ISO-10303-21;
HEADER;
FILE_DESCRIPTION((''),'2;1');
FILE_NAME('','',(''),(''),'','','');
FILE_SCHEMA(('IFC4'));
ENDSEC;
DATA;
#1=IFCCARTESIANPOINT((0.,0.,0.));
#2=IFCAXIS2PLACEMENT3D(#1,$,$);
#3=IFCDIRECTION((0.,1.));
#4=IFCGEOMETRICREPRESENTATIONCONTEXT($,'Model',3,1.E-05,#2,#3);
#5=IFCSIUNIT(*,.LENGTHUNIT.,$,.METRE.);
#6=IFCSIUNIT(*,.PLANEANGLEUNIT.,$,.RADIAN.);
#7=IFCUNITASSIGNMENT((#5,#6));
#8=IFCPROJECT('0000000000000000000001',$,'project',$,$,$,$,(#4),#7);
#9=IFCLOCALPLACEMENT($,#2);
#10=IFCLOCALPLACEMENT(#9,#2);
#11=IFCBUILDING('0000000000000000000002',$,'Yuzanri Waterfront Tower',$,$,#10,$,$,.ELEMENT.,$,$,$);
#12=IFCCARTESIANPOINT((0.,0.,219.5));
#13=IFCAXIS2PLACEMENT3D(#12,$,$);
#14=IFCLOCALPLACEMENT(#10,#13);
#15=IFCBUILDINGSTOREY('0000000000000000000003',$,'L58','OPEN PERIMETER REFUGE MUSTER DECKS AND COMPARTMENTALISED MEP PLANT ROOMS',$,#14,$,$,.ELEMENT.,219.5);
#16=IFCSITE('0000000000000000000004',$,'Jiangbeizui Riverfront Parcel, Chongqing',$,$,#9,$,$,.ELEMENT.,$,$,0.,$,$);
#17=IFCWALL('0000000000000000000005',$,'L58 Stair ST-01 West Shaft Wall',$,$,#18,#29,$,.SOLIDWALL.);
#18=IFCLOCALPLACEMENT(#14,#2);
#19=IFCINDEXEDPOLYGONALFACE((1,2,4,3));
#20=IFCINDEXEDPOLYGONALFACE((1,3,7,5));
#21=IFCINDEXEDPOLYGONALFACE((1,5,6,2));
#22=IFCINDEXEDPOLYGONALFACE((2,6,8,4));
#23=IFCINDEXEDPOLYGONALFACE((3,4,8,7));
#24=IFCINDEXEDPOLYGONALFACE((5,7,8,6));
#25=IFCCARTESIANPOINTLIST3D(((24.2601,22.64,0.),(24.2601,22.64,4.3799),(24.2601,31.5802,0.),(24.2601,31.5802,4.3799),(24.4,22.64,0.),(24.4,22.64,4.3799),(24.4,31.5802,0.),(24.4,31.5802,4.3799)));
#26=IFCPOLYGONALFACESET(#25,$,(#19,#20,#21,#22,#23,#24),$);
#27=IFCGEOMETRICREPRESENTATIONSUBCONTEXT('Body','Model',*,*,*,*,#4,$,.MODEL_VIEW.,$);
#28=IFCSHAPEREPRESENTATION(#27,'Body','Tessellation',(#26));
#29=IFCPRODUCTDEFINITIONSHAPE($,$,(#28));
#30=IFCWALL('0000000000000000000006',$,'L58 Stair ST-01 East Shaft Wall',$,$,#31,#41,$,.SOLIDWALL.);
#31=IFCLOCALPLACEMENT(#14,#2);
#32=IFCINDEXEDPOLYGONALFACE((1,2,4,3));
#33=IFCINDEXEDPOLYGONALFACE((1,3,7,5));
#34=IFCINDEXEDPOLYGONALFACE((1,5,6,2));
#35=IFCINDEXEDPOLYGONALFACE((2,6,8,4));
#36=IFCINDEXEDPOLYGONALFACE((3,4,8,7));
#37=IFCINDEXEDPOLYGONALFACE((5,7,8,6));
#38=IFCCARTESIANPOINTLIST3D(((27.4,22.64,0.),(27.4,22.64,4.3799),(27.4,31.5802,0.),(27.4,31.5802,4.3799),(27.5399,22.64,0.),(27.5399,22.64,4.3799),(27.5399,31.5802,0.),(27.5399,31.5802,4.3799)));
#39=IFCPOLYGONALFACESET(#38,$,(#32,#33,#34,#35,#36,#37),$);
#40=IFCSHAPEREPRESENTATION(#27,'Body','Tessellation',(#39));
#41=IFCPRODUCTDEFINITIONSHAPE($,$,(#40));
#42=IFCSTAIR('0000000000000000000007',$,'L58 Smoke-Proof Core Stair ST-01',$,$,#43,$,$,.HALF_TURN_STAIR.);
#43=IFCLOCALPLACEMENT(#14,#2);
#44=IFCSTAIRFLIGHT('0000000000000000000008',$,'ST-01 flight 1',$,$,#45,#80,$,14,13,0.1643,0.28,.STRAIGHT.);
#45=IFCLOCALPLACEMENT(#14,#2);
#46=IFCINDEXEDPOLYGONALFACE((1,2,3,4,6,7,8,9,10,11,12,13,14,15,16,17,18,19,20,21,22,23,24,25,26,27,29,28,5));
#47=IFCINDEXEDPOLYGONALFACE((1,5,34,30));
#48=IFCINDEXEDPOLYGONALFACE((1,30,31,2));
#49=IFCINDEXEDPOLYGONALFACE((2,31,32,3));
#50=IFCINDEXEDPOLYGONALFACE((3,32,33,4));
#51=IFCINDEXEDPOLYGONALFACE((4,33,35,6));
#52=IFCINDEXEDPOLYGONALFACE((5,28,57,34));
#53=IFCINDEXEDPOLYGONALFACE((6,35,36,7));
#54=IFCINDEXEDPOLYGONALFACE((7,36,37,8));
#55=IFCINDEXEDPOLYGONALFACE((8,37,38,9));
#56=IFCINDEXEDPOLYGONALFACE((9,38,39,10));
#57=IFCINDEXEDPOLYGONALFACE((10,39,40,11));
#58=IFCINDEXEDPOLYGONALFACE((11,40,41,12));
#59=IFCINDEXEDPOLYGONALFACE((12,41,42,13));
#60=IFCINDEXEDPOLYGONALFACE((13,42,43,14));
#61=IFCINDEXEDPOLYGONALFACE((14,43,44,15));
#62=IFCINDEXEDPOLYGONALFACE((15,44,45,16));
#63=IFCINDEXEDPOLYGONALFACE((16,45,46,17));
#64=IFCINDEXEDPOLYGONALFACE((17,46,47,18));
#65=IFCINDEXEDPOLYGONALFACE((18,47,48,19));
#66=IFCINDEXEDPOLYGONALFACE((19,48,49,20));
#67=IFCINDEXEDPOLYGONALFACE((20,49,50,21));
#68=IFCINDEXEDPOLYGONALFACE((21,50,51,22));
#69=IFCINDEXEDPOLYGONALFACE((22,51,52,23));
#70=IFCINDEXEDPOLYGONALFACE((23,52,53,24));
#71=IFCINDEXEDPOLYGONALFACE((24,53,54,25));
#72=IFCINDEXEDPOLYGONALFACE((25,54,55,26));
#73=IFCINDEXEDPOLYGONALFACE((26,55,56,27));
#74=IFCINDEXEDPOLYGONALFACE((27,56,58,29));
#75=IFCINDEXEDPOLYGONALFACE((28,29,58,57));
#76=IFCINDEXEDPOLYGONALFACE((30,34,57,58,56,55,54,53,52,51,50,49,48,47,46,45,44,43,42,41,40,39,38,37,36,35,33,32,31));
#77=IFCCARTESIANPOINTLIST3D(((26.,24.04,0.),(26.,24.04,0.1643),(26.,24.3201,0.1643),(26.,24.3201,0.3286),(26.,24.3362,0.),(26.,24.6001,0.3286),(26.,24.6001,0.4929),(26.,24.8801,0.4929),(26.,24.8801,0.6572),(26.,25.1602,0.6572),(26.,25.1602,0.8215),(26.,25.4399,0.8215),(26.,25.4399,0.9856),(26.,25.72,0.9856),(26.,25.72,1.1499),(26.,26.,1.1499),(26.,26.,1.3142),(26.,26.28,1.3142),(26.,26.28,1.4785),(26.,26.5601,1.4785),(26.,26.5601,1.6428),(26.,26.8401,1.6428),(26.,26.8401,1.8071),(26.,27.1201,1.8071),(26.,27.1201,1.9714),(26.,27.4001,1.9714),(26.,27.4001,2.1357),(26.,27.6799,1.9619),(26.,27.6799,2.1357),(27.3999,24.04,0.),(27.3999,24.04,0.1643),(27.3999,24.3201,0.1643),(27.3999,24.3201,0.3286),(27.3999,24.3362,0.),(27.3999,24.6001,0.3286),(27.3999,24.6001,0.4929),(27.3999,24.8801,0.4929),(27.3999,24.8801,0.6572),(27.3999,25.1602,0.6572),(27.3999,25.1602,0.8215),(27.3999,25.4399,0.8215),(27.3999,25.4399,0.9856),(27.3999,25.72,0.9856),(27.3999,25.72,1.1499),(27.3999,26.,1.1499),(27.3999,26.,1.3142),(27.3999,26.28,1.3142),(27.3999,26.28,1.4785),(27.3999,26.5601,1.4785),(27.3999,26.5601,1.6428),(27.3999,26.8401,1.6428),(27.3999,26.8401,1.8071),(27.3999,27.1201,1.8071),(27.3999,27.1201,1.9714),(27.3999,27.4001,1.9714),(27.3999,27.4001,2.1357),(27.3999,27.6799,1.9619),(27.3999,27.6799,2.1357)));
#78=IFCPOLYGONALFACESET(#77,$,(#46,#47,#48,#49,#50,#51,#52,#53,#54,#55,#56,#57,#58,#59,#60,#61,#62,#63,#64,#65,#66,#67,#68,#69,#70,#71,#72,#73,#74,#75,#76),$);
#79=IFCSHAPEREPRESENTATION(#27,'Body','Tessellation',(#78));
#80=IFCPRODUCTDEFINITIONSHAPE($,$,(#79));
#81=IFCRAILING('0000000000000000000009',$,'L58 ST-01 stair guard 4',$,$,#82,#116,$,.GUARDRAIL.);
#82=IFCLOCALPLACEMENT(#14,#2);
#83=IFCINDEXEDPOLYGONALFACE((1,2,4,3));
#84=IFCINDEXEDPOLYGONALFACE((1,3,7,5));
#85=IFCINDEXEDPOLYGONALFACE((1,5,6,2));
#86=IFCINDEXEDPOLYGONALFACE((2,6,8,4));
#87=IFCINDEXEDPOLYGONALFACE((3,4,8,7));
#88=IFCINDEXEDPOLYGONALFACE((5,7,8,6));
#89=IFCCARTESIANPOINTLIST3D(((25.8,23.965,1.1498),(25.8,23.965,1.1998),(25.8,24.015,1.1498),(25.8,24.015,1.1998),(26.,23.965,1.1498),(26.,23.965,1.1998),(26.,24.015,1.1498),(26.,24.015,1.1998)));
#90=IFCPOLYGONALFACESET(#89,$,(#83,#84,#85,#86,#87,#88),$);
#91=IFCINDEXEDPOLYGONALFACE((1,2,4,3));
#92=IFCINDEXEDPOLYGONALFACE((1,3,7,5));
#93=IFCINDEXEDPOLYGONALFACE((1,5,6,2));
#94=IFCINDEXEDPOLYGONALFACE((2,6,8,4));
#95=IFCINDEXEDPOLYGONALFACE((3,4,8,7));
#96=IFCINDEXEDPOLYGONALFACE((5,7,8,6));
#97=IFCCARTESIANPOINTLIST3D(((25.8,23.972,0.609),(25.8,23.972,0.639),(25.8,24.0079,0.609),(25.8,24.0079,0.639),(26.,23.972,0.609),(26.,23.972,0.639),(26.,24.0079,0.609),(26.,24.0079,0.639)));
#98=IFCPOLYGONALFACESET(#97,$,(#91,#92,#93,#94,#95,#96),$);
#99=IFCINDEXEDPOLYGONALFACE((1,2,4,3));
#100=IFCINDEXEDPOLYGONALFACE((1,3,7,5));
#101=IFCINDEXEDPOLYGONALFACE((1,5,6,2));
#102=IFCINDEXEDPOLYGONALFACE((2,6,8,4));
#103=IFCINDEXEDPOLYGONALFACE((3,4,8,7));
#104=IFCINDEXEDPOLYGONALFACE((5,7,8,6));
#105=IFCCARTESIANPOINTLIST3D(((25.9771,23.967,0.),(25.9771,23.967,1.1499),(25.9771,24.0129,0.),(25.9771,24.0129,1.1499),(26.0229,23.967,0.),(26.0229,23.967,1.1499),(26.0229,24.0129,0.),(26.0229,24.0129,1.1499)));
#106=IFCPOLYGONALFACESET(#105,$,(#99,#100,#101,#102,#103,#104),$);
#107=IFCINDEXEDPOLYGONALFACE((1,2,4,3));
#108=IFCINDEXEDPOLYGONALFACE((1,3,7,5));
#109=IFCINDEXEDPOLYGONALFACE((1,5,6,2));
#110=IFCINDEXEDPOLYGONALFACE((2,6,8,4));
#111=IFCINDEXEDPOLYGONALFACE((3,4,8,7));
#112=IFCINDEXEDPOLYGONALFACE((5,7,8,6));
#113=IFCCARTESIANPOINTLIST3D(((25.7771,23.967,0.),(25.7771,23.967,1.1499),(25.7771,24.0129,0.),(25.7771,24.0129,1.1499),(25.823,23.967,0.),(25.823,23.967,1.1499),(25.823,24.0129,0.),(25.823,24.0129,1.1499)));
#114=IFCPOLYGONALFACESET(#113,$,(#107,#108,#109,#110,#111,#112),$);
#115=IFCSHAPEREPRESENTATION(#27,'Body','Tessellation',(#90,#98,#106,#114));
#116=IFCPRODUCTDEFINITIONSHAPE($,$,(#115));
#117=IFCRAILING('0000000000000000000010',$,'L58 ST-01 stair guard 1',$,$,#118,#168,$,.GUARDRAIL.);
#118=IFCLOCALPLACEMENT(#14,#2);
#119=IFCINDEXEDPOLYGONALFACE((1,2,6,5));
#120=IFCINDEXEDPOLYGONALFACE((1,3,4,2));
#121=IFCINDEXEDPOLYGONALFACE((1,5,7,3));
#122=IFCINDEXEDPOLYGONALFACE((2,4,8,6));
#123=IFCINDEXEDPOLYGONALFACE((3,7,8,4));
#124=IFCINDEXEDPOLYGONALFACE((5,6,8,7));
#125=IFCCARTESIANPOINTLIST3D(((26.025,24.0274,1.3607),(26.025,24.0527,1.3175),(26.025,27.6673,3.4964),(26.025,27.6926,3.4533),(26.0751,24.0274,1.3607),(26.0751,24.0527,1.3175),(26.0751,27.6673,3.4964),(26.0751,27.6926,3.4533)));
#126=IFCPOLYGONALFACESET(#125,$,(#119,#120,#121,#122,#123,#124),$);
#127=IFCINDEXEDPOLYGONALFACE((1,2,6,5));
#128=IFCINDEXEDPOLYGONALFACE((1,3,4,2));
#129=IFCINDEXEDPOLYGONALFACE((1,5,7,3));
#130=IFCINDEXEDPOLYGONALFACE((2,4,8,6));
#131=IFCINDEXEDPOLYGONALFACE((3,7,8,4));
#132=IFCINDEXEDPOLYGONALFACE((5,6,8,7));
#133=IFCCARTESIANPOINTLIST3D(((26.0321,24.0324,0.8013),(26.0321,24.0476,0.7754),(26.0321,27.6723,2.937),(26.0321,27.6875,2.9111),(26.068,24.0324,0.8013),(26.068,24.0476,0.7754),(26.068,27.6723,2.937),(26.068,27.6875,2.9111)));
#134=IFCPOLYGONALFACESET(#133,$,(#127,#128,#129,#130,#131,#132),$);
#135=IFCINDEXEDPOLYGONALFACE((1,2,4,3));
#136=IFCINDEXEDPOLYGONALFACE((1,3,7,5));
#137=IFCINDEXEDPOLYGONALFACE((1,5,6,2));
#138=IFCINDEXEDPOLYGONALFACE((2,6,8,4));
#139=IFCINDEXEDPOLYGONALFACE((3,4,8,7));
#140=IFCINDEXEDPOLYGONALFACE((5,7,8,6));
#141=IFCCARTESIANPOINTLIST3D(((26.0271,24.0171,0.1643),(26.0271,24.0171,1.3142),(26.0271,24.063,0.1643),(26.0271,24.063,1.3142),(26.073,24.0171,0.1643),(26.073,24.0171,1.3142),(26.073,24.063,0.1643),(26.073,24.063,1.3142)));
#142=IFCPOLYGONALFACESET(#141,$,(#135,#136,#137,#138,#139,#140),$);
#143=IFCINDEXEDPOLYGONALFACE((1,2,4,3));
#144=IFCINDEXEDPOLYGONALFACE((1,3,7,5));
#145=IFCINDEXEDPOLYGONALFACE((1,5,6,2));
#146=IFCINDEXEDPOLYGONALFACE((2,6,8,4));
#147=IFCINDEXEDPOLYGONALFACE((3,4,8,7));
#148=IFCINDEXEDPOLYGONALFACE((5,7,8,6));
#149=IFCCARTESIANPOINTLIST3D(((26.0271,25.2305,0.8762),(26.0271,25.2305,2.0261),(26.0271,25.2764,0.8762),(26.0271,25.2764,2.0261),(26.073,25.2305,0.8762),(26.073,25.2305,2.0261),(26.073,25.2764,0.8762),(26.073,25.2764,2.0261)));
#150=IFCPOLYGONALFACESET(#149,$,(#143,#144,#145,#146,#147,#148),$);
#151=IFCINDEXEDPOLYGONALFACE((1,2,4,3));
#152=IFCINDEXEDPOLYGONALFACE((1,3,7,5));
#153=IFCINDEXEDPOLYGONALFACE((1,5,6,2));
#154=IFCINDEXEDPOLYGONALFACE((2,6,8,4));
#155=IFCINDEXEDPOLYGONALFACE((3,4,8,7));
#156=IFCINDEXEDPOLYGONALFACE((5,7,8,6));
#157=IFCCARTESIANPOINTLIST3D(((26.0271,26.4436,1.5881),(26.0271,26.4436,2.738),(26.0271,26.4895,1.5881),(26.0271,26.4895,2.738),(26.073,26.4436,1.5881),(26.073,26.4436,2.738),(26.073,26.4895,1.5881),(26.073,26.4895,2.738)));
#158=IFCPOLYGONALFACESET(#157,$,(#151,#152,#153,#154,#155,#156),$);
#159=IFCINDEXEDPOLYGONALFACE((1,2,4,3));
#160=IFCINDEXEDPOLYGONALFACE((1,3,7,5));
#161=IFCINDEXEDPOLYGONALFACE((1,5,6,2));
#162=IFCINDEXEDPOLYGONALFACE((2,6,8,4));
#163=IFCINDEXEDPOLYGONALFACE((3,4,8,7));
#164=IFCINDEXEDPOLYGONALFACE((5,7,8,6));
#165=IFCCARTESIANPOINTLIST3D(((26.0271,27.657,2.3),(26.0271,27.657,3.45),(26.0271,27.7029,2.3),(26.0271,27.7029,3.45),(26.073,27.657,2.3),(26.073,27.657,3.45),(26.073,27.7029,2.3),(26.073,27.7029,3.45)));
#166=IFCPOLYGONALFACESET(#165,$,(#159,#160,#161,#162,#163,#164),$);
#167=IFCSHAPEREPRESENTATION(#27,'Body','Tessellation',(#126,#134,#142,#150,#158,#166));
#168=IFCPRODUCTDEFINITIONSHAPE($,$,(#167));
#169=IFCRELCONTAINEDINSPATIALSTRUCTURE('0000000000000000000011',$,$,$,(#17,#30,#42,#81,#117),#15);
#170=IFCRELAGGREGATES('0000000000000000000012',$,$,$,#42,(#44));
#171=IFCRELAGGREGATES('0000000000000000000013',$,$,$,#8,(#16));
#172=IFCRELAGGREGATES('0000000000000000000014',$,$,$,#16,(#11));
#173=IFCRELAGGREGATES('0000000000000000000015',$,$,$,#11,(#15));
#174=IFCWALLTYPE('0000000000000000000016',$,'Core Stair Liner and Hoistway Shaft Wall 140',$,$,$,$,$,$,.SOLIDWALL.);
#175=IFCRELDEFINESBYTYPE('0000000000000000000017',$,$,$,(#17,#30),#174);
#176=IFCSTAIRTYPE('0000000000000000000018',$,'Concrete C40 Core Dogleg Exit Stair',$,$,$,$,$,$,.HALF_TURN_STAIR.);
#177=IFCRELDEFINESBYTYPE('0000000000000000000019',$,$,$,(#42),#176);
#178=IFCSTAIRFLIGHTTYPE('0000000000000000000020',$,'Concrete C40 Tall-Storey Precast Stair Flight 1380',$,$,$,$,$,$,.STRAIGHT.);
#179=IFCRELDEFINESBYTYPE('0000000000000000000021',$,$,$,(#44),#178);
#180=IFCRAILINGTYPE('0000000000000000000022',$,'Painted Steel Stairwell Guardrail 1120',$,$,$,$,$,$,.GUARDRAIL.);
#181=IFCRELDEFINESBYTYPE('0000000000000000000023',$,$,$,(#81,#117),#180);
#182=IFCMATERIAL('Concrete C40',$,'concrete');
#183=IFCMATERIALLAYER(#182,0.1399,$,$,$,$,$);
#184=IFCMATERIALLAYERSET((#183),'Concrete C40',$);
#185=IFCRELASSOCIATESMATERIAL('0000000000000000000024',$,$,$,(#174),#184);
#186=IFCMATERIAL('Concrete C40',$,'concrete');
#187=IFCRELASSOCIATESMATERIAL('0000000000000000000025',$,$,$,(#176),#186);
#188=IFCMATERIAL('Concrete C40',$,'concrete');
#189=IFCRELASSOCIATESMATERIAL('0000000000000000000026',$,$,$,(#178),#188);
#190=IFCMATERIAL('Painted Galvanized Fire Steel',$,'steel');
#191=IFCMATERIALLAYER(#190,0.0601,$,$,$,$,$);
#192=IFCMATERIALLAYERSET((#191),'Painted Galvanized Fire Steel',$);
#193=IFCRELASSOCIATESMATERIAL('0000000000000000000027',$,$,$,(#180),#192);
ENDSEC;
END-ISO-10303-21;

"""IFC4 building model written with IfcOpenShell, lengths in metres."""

from ifc_helpers import new_model, si_unit, direction, frame, frame_2d, origin, origin_2d, place, context, subcontext, project, spatial, polyline, rectangle, outline, extrude, source, transform, mapped, material, layer, layer_set, type_object, element, aggregate, save


model = new_model("IFC4")

# Units and contexts
model_context = context("Model", 3, precision=1e-05, world=origin(), true_north=direction((0.0, 1.0)))
body_context = subcontext(model_context, "Body", "Model", "MODEL_VIEW")
ifc_project = project(units=[si_unit("LENGTHUNIT", "METRE"), si_unit("PLANEANGLEUNIT", "RADIAN")], contexts=[model_context])

# Site, building, storey
site_placement = place(None, origin())
site = spatial("IfcSite", under=ifc_project, at=site_placement, Name="Jiangbeizui Riverfront Parcel, Chongqing", CompositionType="ELEMENT", RefElevation=0.0)
building_placement = place(site_placement, origin())
building = spatial("IfcBuilding", under=site, at=building_placement, Name="Yuzanri Waterfront Tower", CompositionType="ELEMENT")
storey_placement = place(building_placement, frame((0.0, 0.0, 219.5)))
storey = spatial("IfcBuildingStorey", under=building, at=storey_placement, Name="L58", Description="OPEN PERIMETER REFUGE MUSTER DECKS AND COMPARTMENTALISED MEP PLANT ROOMS", CompositionType="ELEMENT", Elevation=219.5)

# Shared definitions
ifc_material_1 = material(Name="Concrete C40", Category="concrete")
ifc_layer_1 = layer(ifc_material_1, 0.1399)
ifc_layer_set_1 = layer_set([ifc_layer_1], Name="Concrete C40")
wall_type_1 = type_object("IfcWallType", Name="Core Stair Liner and Hoistway Shaft Wall 140", PredefinedType="SOLIDWALL", material=ifc_layer_set_1)

# Walls
shared_shape_1 = source(origin(), body_context, "Body", "SweptSolid", [
    extrude(rectangle(XDim=8.9402, YDim=0.1399, at=frame_2d((4.4702, 0.0))), origin(), (0.0, 0.0, 1.0), 4.3799),
])
for number, where, z_axis, x_axis, name in (
    (1, (24.3301, 22.6399, 0.0), (0.0, 0.0, 1.0), (0.0, 1.0, 0.0), "L58 Stair ST-01 West Shaft Wall"),
    (2, (27.47, 22.6399, 0.0), (0.0, 0.0, 1.0), (0.0, 1.0, 0.0), "L58 Stair ST-01 East Shaft Wall"),
):
    element("IfcWall", number, at=place(storey_placement, frame(where, z_axis=z_axis, x_axis=x_axis)), inside=storey, type_object=wall_type_1, Name=name, PredefinedType="SOLIDWALL", context=body_context, shape_type="MappedRepresentation", body=[
        mapped(shared_shape_1, transform((0.0, 0.0, 0.0), scale=1.0)),
    ])

# Stair, stair flight
ifc_material_2 = material(Name="Concrete C40", Category="concrete")
stair_type = type_object("IfcStairType", Name="Concrete C40 Core Dogleg Exit Stair", PredefinedType="HALF_TURN_STAIR", material=ifc_material_2)
stair_placement = place(storey_placement, origin())
stair = element("IfcStair", 3, at=stair_placement, inside=storey, type_object=stair_type, Name="L58 Smoke-Proof Core Stair ST-01", PredefinedType="HALF_TURN_STAIR")
ifc_material_3 = material(Name="Concrete C40", Category="concrete")
stair_flight_type = type_object("IfcStairFlightType", Name="Concrete C40 Tall-Storey Precast Stair Flight 1380", PredefinedType="STRAIGHT", material=ifc_material_3)
shared_shape_2 = source(origin(), body_context, "Body", "SweptSolid", [
    extrude(outline(polyline([(0.0, 0.0), (0.0, 0.1643), (0.28, 0.1643), (0.28, 0.3286), (0.5601, 0.3286), (0.5601, 0.4929), (0.8401, 0.4929), (0.8401, 0.6572), (1.1201, 0.6572), (1.1201, 0.8215), (1.3999, 0.8215), (1.3999, 0.9856), (1.6799, 0.9856), (1.6799, 1.1499), (1.96, 1.1499), (1.96, 1.3142), (2.24, 1.3142), (2.24, 1.4785), (2.52, 1.4785), (2.52, 1.6428), (2.8, 1.6428), (2.8, 1.8071), (3.0801, 1.8071), (3.0801, 1.9714), (3.3601, 1.9714), (3.3601, 2.1357), (3.6399, 2.1357), (3.6399, 2.3), (3.6399, 1.9619), (0.2961, 0.0), (0.0, 0.0)])), frame((0.0, 0.7, 0.0), z_axis=(0.0, -1.0, 0.0), x_axis=(1.0, 0.0, 0.0)), (0.0, 0.0, 1.0), 1.3999),
])
stair_flight_placement = place(storey_placement, frame((26.7, 24.04, 0.0), z_axis=(0.0, 0.0, 1.0), x_axis=(0.0, 1.0, 0.0)))
stair_flight = element("IfcStairFlight", 4, at=stair_flight_placement, type_object=stair_flight_type, Name="ST-01 flight 1", NumberOfRisers=14, NumberOfTreads=13, PredefinedType="STRAIGHT", RiserHeight=0.1643, TreadLength=0.28, context=body_context, shape_type="MappedRepresentation", body=[
    mapped(shared_shape_2, transform((0.0, 0.0, 0.0), scale=1.0)),
])
aggregate(stair, [stair_flight])

# Railings
ifc_material_4 = material(Name="Painted Galvanized Fire Steel", Category="steel")
ifc_layer_2 = layer(ifc_material_4, 0.0601)
ifc_layer_set_2 = layer_set([ifc_layer_2], Name="Painted Galvanized Fire Steel")
railing_type_1 = type_object("IfcRailingType", Name="Painted Steel Stairwell Guardrail 1120", PredefinedType="GUARDRAIL", material=ifc_layer_set_2)
shared_shape_3 = source(origin(), body_context, "Body", "SweptSolid", [
    extrude(rectangle(XDim=0.05, YDim=0.05, at=origin_2d()), frame((0.0, 0.0, 1.1748), z_axis=(-1.0, 0.0, 0.0), x_axis=(0.0, -1.0, 0.0)), (0.0, 0.0, 1.0), 0.2),
    extrude(rectangle(XDim=0.0359, YDim=0.03, at=origin_2d()), frame((0.0, 0.0, 0.624), z_axis=(-1.0, 0.0, 0.0), x_axis=(0.0, -1.0, 0.0)), (0.0, 0.0, 1.0), 0.2),
    extrude(rectangle(XDim=0.0459, YDim=0.0459, at=origin_2d()), origin(), (0.0, 0.0, 1.0), 1.1499),
    extrude(rectangle(XDim=0.0459, YDim=0.0459, at=origin_2d()), frame((-0.2, 0.0, 0.0)), (0.0, 0.0, 1.0), 1.1499),
])
railing_1_placement = place(storey_placement, frame((26.0, 23.99, 0.0)))
element("IfcRailing", 5, at=railing_1_placement, inside=storey, type_object=railing_type_1, Name="L58 ST-01 stair guard 4", PredefinedType="GUARDRAIL", context=body_context, shape_type="MappedRepresentation", body=[
    mapped(shared_shape_3, transform((0.0, 0.0, 0.0), scale=1.0)),
])
shared_shape_4 = source(origin(), body_context, "Body", "SweptSolid", [
    extrude(rectangle(XDim=0.05, YDim=0.05, at=origin_2d()), frame((0.0, 0.0, 1.1748), z_axis=(0.0, 0.86249, 0.506074), x_axis=(-1.0, 0.0, 0.0)), (0.0, 0.0, 1.0), 4.2202),
    extrude(rectangle(XDim=0.0359, YDim=0.03, at=origin_2d()), frame((0.0, 0.0, 0.624), z_axis=(0.0, 0.86249, 0.506074), x_axis=(-1.0, 0.0, 0.0)), (0.0, 0.0, 1.0), 4.2202),
    extrude(rectangle(XDim=0.0459, YDim=0.0459, at=origin_2d()), origin(), (0.0, 0.0, 1.0), 1.1499),
    extrude(rectangle(XDim=0.0459, YDim=0.0459, at=origin_2d()), frame((0.0, 1.2134, 0.7119)), (0.0, 0.0, 1.0), 1.1499),
    extrude(rectangle(XDim=0.0459, YDim=0.0459, at=origin_2d()), frame((0.0, 2.4265, 1.4238)), (0.0, 0.0, 1.0), 1.1499),
    extrude(rectangle(XDim=0.0459, YDim=0.0459, at=origin_2d()), frame((0.0, 3.6399, 2.1357)), (0.0, 0.0, 1.0), 1.1499),
])
railing_2_placement = place(storey_placement, frame((26.05, 24.04, 0.1643)))
element("IfcRailing", 6, at=railing_2_placement, inside=storey, type_object=railing_type_1, Name="L58 ST-01 stair guard 1", PredefinedType="GUARDRAIL", context=body_context, shape_type="MappedRepresentation", body=[
    mapped(shared_shape_4, transform((0.0, 0.0, 0.0), scale=1.0)),
])

save(model, "model.ifc")
